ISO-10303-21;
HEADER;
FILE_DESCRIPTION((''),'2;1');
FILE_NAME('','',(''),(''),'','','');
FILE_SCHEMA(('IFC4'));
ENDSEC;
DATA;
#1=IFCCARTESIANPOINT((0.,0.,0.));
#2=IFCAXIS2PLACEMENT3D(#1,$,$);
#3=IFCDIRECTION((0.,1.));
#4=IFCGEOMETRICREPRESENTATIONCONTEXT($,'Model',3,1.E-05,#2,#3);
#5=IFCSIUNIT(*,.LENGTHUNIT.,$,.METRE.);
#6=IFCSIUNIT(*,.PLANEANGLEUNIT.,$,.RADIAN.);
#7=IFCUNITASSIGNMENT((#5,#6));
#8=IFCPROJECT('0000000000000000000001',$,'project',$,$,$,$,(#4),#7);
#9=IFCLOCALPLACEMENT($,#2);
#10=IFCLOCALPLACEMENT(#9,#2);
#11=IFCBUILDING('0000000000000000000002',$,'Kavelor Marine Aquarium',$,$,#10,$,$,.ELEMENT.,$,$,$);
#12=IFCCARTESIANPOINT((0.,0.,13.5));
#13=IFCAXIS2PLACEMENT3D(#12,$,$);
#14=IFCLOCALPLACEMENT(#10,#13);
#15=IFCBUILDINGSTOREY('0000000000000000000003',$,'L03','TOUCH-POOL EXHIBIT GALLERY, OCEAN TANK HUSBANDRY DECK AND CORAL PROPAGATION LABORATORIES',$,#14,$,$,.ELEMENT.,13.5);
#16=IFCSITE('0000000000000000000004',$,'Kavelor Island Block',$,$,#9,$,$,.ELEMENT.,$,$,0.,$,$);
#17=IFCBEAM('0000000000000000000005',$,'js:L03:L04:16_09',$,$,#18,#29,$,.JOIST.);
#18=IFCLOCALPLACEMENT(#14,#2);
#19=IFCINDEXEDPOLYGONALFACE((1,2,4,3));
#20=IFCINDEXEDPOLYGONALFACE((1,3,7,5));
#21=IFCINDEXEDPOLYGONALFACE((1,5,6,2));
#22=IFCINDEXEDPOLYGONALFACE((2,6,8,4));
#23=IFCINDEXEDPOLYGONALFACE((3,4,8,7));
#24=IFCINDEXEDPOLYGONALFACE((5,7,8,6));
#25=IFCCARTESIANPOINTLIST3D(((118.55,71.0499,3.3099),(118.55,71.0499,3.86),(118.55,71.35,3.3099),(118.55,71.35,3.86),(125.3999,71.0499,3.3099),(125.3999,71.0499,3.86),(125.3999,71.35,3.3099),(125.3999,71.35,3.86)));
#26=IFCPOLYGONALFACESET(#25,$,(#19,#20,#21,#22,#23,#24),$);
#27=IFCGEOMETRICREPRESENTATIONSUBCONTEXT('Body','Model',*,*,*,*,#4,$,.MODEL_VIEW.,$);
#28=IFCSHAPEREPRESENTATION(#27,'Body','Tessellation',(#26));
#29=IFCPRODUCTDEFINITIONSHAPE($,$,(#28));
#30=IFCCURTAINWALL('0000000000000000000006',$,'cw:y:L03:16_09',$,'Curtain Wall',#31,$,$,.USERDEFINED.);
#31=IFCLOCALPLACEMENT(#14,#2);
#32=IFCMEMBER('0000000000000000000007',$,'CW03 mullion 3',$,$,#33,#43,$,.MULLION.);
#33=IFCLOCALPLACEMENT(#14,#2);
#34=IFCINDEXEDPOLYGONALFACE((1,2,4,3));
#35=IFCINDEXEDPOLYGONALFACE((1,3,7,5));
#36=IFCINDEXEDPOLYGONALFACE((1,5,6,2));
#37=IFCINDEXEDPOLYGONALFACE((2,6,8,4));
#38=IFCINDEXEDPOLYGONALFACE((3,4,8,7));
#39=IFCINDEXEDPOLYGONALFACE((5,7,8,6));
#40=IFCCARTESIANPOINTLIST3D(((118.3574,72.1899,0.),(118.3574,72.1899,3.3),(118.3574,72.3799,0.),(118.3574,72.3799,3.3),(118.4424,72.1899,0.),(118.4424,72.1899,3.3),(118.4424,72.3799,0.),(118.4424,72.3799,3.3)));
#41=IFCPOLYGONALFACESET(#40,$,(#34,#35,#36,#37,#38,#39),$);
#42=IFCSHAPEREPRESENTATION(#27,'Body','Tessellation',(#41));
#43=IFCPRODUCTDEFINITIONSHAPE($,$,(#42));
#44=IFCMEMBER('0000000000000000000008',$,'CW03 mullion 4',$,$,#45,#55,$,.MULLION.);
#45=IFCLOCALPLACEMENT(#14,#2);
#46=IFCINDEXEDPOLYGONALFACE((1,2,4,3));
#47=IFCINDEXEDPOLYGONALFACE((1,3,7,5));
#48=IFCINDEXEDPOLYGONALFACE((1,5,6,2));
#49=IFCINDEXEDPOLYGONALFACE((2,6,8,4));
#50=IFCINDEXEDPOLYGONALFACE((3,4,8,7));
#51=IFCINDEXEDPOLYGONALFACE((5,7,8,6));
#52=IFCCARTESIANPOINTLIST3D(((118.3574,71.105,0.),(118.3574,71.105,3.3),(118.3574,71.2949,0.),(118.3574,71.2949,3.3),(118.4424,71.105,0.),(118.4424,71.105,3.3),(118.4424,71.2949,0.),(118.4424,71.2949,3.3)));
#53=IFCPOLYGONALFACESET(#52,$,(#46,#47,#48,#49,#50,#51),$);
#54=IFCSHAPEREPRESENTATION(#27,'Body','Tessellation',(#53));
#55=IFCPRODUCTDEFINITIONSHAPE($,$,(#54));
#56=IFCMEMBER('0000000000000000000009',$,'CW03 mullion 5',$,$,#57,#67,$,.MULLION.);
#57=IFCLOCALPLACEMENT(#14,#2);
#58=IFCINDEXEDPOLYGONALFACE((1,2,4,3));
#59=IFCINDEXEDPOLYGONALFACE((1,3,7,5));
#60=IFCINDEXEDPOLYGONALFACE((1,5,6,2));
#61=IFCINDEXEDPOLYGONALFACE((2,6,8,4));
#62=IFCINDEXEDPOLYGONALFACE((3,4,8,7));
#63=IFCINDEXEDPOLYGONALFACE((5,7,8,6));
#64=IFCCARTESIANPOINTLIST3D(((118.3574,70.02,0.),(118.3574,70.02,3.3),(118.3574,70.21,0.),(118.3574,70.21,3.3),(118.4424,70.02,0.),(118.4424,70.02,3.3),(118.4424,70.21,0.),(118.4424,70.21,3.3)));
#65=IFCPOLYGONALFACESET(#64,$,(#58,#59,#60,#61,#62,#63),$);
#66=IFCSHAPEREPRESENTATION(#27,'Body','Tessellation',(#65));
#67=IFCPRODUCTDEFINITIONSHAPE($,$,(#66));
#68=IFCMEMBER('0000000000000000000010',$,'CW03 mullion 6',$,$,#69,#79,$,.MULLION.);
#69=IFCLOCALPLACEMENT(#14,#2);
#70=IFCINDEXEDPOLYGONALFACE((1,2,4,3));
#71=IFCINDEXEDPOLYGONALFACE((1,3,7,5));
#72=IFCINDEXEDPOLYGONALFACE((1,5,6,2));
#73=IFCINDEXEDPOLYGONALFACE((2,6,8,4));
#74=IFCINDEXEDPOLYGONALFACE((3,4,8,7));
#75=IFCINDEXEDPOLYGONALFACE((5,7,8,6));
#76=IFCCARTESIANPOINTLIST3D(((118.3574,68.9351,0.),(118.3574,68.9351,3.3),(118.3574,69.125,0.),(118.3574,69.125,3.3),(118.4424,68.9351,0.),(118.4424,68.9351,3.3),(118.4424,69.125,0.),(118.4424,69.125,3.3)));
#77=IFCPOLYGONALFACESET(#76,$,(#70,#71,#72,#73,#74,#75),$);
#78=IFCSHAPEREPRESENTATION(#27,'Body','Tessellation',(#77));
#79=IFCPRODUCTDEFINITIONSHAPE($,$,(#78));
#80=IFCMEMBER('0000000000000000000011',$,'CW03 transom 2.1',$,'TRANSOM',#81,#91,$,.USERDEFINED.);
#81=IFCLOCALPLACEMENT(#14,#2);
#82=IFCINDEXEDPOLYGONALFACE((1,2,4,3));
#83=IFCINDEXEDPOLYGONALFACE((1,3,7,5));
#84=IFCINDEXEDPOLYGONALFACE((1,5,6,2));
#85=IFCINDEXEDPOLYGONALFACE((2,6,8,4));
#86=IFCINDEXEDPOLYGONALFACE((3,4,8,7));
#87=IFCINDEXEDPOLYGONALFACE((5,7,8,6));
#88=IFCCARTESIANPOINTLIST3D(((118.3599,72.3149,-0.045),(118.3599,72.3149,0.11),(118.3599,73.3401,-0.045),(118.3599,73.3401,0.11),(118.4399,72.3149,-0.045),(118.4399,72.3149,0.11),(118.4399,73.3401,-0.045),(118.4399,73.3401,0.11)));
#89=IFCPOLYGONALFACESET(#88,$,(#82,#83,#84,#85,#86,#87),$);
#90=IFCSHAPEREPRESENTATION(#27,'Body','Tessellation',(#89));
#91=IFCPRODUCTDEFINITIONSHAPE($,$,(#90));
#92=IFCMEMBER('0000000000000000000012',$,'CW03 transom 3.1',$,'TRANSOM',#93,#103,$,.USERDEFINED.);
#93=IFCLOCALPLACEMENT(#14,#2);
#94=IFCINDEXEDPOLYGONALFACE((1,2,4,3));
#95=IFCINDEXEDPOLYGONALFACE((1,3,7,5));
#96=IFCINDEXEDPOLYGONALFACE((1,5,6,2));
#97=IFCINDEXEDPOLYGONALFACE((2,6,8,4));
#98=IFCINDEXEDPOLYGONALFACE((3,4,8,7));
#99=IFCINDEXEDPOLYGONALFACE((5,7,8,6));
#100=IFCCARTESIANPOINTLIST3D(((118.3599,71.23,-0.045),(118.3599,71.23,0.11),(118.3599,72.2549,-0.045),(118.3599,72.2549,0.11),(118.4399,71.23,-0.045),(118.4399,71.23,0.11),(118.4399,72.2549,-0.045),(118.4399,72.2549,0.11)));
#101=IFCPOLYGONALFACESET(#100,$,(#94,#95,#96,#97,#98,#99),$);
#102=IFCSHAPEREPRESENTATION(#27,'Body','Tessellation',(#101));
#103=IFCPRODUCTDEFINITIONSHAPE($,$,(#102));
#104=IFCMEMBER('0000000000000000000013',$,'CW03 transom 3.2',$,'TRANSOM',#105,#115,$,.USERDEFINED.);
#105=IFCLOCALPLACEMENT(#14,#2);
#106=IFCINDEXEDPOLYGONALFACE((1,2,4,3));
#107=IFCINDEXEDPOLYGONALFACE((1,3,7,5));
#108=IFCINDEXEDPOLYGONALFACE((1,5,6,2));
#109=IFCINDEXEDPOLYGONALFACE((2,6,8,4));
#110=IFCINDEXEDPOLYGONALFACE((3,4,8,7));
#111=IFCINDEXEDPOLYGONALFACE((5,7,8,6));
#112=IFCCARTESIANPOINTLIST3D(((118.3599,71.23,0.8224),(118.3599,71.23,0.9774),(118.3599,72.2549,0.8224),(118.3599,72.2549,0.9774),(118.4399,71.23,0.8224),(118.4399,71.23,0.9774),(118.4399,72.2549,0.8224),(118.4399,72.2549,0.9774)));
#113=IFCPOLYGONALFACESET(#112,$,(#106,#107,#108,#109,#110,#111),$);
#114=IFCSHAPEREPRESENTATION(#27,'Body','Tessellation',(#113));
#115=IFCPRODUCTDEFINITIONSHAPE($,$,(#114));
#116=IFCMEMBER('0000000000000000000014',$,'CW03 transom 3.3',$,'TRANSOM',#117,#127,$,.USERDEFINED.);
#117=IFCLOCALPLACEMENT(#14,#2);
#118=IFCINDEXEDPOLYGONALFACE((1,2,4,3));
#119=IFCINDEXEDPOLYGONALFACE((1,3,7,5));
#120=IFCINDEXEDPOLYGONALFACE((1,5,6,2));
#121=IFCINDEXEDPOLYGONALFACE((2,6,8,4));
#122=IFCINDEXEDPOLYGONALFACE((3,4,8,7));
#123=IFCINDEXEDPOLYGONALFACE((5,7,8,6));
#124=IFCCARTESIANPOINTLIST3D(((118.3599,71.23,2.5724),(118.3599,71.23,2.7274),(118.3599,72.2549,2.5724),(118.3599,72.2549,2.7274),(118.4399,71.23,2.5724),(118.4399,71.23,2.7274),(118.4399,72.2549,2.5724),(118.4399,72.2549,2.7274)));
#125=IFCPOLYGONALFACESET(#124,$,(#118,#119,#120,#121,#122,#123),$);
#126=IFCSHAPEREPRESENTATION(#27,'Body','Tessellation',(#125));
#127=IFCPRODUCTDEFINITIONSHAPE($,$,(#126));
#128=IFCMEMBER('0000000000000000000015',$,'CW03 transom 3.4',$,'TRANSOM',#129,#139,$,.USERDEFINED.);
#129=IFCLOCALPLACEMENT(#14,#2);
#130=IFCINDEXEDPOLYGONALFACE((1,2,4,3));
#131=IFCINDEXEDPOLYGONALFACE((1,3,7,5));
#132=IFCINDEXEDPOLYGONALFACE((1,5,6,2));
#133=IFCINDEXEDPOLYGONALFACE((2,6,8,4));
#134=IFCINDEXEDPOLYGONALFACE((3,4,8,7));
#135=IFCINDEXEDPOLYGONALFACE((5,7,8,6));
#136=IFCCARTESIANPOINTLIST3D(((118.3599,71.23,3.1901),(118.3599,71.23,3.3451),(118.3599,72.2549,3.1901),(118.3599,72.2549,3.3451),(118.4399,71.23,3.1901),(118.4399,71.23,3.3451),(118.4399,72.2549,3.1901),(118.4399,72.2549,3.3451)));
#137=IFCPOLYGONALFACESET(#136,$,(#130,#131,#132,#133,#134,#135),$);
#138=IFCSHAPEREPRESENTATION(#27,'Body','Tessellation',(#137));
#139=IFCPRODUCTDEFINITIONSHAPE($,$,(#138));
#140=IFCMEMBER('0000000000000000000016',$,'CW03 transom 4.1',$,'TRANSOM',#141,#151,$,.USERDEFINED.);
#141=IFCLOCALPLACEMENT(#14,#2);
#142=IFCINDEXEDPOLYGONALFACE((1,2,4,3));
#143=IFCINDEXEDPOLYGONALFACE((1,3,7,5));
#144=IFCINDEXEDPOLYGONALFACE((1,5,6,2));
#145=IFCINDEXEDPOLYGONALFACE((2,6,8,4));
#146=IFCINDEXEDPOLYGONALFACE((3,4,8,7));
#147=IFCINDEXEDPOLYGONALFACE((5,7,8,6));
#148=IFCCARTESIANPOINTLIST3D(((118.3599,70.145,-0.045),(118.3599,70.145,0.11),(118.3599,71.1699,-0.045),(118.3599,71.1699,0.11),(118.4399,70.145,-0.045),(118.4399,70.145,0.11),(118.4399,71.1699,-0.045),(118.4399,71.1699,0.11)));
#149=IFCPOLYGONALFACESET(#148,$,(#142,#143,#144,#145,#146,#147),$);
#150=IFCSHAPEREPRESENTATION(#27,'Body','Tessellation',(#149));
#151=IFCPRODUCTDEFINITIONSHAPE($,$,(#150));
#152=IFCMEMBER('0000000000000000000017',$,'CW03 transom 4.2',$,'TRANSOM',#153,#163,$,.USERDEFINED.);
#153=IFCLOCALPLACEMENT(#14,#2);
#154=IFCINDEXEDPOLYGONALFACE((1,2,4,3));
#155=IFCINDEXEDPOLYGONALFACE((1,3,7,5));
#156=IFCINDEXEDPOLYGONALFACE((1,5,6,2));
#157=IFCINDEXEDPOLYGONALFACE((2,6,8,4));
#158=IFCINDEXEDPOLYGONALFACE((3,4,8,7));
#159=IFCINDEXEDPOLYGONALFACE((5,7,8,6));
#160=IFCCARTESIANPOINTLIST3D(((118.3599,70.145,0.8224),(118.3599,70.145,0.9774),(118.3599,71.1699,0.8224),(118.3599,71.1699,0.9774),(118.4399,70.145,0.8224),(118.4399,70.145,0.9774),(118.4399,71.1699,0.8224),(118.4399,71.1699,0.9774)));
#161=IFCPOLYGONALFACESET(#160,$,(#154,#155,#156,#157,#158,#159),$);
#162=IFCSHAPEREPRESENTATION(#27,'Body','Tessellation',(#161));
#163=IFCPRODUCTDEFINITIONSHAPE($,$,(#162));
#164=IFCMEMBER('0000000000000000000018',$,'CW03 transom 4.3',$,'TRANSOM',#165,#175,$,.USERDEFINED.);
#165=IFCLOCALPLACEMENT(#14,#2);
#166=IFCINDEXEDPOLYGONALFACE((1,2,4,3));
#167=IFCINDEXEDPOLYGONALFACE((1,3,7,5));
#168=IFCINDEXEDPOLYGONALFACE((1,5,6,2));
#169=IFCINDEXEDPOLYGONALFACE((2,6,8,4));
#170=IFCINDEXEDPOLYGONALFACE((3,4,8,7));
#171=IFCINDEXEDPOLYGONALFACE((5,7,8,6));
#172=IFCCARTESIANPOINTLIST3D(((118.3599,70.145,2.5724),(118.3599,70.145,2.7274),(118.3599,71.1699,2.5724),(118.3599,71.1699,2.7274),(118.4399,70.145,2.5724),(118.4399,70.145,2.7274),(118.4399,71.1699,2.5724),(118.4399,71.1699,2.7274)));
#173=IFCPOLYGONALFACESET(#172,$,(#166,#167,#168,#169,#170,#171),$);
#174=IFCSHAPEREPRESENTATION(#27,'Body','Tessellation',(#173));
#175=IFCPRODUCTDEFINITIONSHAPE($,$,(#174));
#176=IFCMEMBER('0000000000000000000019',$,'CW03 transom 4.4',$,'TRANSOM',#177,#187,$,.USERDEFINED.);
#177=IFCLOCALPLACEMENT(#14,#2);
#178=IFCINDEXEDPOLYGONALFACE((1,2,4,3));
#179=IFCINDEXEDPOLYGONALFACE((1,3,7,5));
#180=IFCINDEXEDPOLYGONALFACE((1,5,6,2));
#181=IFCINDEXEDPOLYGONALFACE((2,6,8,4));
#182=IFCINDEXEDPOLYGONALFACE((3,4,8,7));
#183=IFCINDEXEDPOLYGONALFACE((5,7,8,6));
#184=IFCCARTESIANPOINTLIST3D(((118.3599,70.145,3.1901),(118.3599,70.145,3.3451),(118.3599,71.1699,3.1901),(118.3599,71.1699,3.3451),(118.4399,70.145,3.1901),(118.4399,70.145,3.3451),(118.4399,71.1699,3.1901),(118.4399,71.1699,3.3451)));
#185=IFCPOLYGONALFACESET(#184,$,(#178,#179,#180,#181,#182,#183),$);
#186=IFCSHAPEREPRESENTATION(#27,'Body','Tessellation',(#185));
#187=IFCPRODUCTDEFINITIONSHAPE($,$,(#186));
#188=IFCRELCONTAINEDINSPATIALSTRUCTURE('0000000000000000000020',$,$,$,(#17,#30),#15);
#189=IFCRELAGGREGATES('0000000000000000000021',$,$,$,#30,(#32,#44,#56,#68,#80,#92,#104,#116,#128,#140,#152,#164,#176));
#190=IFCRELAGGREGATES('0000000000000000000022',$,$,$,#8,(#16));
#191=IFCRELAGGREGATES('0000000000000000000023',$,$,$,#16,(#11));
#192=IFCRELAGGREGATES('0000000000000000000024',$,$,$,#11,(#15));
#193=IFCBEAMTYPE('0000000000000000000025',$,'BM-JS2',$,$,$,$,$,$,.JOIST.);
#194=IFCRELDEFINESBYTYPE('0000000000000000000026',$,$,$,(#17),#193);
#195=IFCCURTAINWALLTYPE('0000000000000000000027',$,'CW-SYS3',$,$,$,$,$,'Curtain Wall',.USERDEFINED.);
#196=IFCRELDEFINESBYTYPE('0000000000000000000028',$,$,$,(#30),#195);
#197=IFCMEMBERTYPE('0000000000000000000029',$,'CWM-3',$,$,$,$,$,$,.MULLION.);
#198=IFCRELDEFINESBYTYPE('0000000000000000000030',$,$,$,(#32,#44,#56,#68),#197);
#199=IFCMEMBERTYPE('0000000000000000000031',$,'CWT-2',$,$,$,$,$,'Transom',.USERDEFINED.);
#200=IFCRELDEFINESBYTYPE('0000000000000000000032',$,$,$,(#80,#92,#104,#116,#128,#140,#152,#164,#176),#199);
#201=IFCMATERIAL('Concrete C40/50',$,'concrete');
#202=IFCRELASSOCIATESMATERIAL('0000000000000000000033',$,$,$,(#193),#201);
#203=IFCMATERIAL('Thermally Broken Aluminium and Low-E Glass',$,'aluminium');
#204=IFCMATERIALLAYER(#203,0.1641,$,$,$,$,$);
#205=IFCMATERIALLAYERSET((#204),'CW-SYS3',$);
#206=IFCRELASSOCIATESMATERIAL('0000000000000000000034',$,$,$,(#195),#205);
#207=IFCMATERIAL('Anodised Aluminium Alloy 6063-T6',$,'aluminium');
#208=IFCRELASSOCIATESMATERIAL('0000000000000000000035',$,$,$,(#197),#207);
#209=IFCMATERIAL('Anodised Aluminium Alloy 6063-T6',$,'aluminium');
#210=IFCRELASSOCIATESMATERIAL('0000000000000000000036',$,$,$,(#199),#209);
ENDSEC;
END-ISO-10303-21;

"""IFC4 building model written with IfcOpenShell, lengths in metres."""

from ifc_helpers import new_model, si_unit, direction, frame, origin, origin_2d, place, context, subcontext, project, spatial, rectangle, extrude, material, layer, layer_set, material_profile, profile_set, type_object, element, aggregate, save


model = new_model("IFC4")

# Units and contexts
model_context = context("Model", 3, precision=1e-05, world=origin(), true_north=direction((0.0, 1.0)))
body_context = subcontext(model_context, "Body", "Model", "MODEL_VIEW")
ifc_project = project(units=[si_unit("LENGTHUNIT", "METRE"), si_unit("PLANEANGLEUNIT", "RADIAN")], contexts=[model_context])

# Site, building, storey
site_placement = place(None, origin())
site = spatial("IfcSite", under=ifc_project, at=site_placement, Name="Kavelor Island Block", CompositionType="ELEMENT", RefElevation=0.0)
building_placement = place(site_placement, origin())
building = spatial("IfcBuilding", under=site, at=building_placement, Name="Kavelor Marine Aquarium", CompositionType="ELEMENT")
storey_placement = place(building_placement, frame((0.0, 0.0, 13.5)))
storey = spatial("IfcBuildingStorey", under=building, at=storey_placement, Name="L03", Description="TOUCH-POOL EXHIBIT GALLERY, OCEAN TANK HUSBANDRY DECK AND CORAL PROPAGATION LABORATORIES", CompositionType="ELEMENT", Elevation=13.5)

# Beam
ifc_material_1 = material(Name="Concrete C40/50", Category="concrete")
ifc_material_profile_1 = material_profile(ifc_material_1, rectangle(XDim=0.3, YDim=0.55, at=origin_2d()), Name="RC-JS 300x550")
ifc_profile_set_1 = profile_set([ifc_material_profile_1], Name="Concrete C40/50")
beam_type = type_object("IfcBeamType", Name="BM-JS2", PredefinedType="JOIST", material=ifc_profile_set_1)
beam_placement = place(storey_placement, frame((118.55, 71.2, 3.585), z_axis=(1.0, 0.0, 0.0), x_axis=(0.0, 1.0, 0.0)))
element("IfcBeam", 1, at=beam_placement, inside=storey, type_object=beam_type, Name="js:L03:L04:16_09", PredefinedType="JOIST", context=body_context, shape_type="SweptSolid", body=[
    extrude(rectangle(XDim=0.3, YDim=0.55, at=origin_2d()), origin(), (0.0, 0.0, 1.0), 6.8499),
])

# Curtain wall, members
ifc_material_2 = material(Name="Thermally Broken Aluminium and Low-E Glass", Category="aluminium")
ifc_layer_1 = layer(ifc_material_2, 0.1641)
ifc_layer_set_1 = layer_set([ifc_layer_1], Name="CW-SYS3")
curtain_wall_type = type_object("IfcCurtainWallType", Name="CW-SYS3", ElementType="Curtain Wall", PredefinedType="USERDEFINED", material=ifc_layer_set_1)
curtain_wall_placement = place(storey_placement, origin())
curtain_wall = element("IfcCurtainWall", 2, at=curtain_wall_placement, inside=storey, type_object=curtain_wall_type, Name="cw:y:L03:16_09", ObjectType="Curtain Wall", PredefinedType="USERDEFINED")
ifc_material_3 = material(Name="Anodised Aluminium Alloy 6063-T6", Category="aluminium")
ifc_material_profile_2 = material_profile(ifc_material_3, rectangle(XDim=0.085, YDim=0.1899, at=origin_2d()), Name="CW-MUL 85x190")
ifc_profile_set_2 = profile_set([ifc_material_profile_2], Name="Anodised Aluminium Alloy 6063-T6")
member_type_1 = type_object("IfcMemberType", Name="CWM-3", PredefinedType="MULLION", material=ifc_profile_set_2)
member_1_placement = place(storey_placement, frame((118.3999, 72.2849, 0.0), z_axis=(0.0, 0.0, 1.0), x_axis=(1.0, 0.0, 0.0)))
member_1 = element("IfcMember", 3, at=member_1_placement, type_object=member_type_1, Name="CW03 mullion 3", PredefinedType="MULLION", context=body_context, shape_type="SweptSolid", body=[
    extrude(rectangle(XDim=0.085, YDim=0.1899, at=origin_2d()), origin(), (0.0, 0.0, 1.0), 3.3),
])
member_2_placement = place(storey_placement, frame((118.3999, 71.2, 0.0), z_axis=(0.0, 0.0, 1.0), x_axis=(1.0, 0.0, 0.0)))
member_2 = element("IfcMember", 4, at=member_2_placement, type_object=member_type_1, Name="CW03 mullion 4", PredefinedType="MULLION", context=body_context, shape_type="SweptSolid", body=[
    extrude(rectangle(XDim=0.085, YDim=0.1899, at=origin_2d()), origin(), (0.0, 0.0, 1.0), 3.3),
])
member_3_placement = place(storey_placement, frame((118.3999, 70.115, 0.0), z_axis=(0.0, 0.0, 1.0), x_axis=(1.0, 0.0, 0.0)))
member_3 = element("IfcMember", 5, at=member_3_placement, type_object=member_type_1, Name="CW03 mullion 5", PredefinedType="MULLION", context=body_context, shape_type="SweptSolid", body=[
    extrude(rectangle(XDim=0.085, YDim=0.1899, at=origin_2d()), origin(), (0.0, 0.0, 1.0), 3.3),
])
member_4_placement = place(storey_placement, frame((118.3999, 69.03, 0.0), z_axis=(0.0, 0.0, 1.0), x_axis=(1.0, 0.0, 0.0)))
member_4 = element("IfcMember", 6, at=member_4_placement, type_object=member_type_1, Name="CW03 mullion 6", PredefinedType="MULLION", context=body_context, shape_type="SweptSolid", body=[
    extrude(rectangle(XDim=0.085, YDim=0.1899, at=origin_2d()), origin(), (0.0, 0.0, 1.0), 3.3),
])
ifc_material_4 = material(Name="Anodised Aluminium Alloy 6063-T6", Category="aluminium")
ifc_material_profile_3 = material_profile(ifc_material_4, rectangle(XDim=0.0801, YDim=0.155, at=origin_2d()), Name="CW-TRN 80x155")
ifc_profile_set_3 = profile_set([ifc_material_profile_3], Name="Anodised Aluminium Alloy 6063-T6")
member_type_2 = type_object("IfcMemberType", Name="CWT-2", ElementType="Transom", PredefinedType="USERDEFINED", material=ifc_profile_set_3)
member_5_placement = place(storey_placement, frame((118.3999, 73.3401, 0.0325), z_axis=(0.0, -1.0, 0.0), x_axis=(1.0, 0.0, 0.0)))
member_5 = element("IfcMember", 7, at=member_5_placement, type_object=member_type_2, Name="CW03 transom 2.1", ObjectType="TRANSOM", PredefinedType="USERDEFINED", context=body_context, shape_type="SweptSolid", body=[
    extrude(rectangle(XDim=0.0801, YDim=0.155, at=origin_2d()), origin(), (0.0, 0.0, 1.0), 1.0251),
])
member_6_placement = place(storey_placement, frame((118.3999, 72.2549, 0.0325), z_axis=(0.0, -1.0, 0.0), x_axis=(1.0, 0.0, 0.0)))
member_6 = element("IfcMember", 8, at=member_6_placement, type_object=member_type_2, Name="CW03 transom 3.1", ObjectType="TRANSOM", PredefinedType="USERDEFINED", context=body_context, shape_type="SweptSolid", body=[
    extrude(rectangle(XDim=0.0801, YDim=0.155, at=origin_2d()), origin(), (0.0, 0.0, 1.0), 1.0249),
])
member_7_placement = place(storey_placement, frame((118.3999, 72.2549, 0.8999), z_axis=(0.0, -1.0, 0.0), x_axis=(1.0, 0.0, 0.0)))
member_7 = element("IfcMember", 9, at=member_7_placement, type_object=member_type_2, Name="CW03 transom 3.2", ObjectType="TRANSOM", PredefinedType="USERDEFINED", context=body_context, shape_type="SweptSolid", body=[
    extrude(rectangle(XDim=0.0801, YDim=0.155, at=origin_2d()), origin(), (0.0, 0.0, 1.0), 1.0249),
])
member_8_placement = place(storey_placement, frame((118.3999, 72.2549, 2.6499), z_axis=(0.0, -1.0, 0.0), x_axis=(1.0, 0.0, 0.0)))
member_8 = element("IfcMember", 10, at=member_8_placement, type_object=member_type_2, Name="CW03 transom 3.3", ObjectType="TRANSOM", PredefinedType="USERDEFINED", context=body_context, shape_type="SweptSolid", body=[
    extrude(rectangle(XDim=0.0801, YDim=0.155, at=origin_2d()), origin(), (0.0, 0.0, 1.0), 1.0249),
])
member_9_placement = place(storey_placement, frame((118.3999, 72.2549, 3.2676), z_axis=(0.0, -1.0, 0.0), x_axis=(1.0, 0.0, 0.0)))
member_9 = element("IfcMember", 11, at=member_9_placement, type_object=member_type_2, Name="CW03 transom 3.4", ObjectType="TRANSOM", PredefinedType="USERDEFINED", context=body_context, shape_type="SweptSolid", body=[
    extrude(rectangle(XDim=0.0801, YDim=0.155, at=origin_2d()), origin(), (0.0, 0.0, 1.0), 1.0249),
])
member_10_placement = place(storey_placement, frame((118.3999, 71.1699, 0.0325), z_axis=(0.0, -1.0, 0.0), x_axis=(1.0, 0.0, 0.0)))
member_10 = element("IfcMember", 12, at=member_10_placement, type_object=member_type_2, Name="CW03 transom 4.1", ObjectType="TRANSOM", PredefinedType="USERDEFINED", context=body_context, shape_type="SweptSolid", body=[
    extrude(rectangle(XDim=0.0801, YDim=0.155, at=origin_2d()), origin(), (0.0, 0.0, 1.0), 1.0249),
])
member_11_placement = place(storey_placement, frame((118.3999, 71.1699, 0.8999), z_axis=(0.0, -1.0, 0.0), x_axis=(1.0, 0.0, 0.0)))
member_11 = element("IfcMember", 13, at=member_11_placement, type_object=member_type_2, Name="CW03 transom 4.2", ObjectType="TRANSOM", PredefinedType="USERDEFINED", context=body_context, shape_type="SweptSolid", body=[
    extrude(rectangle(XDim=0.0801, YDim=0.155, at=origin_2d()), origin(), (0.0, 0.0, 1.0), 1.0249),
])
member_12_placement = place(storey_placement, frame((118.3999, 71.1699, 2.6499), z_axis=(0.0, -1.0, 0.0), x_axis=(1.0, 0.0, 0.0)))
member_12 = element("IfcMember", 14, at=member_12_placement, type_object=member_type_2, Name="CW03 transom 4.3", ObjectType="TRANSOM", PredefinedType="USERDEFINED", context=body_context, shape_type="SweptSolid", body=[
    extrude(rectangle(XDim=0.0801, YDim=0.155, at=origin_2d()), origin(), (0.0, 0.0, 1.0), 1.0249),
])
member_13_placement = place(storey_placement, frame((118.3999, 71.1699, 3.2676), z_axis=(0.0, -1.0, 0.0), x_axis=(1.0, 0.0, 0.0)))
member_13 = element("IfcMember", 15, at=member_13_placement, type_object=member_type_2, Name="CW03 transom 4.4", ObjectType="TRANSOM", PredefinedType="USERDEFINED", context=body_context, shape_type="SweptSolid", body=[
    extrude(rectangle(XDim=0.0801, YDim=0.155, at=origin_2d()), origin(), (0.0, 0.0, 1.0), 1.0249),
])
aggregate(curtain_wall, [member_1, member_2, member_3, member_4, member_5, member_6, member_7, member_8, member_9, member_10, member_11, member_12, member_13])

save(model, "model.ifc")
